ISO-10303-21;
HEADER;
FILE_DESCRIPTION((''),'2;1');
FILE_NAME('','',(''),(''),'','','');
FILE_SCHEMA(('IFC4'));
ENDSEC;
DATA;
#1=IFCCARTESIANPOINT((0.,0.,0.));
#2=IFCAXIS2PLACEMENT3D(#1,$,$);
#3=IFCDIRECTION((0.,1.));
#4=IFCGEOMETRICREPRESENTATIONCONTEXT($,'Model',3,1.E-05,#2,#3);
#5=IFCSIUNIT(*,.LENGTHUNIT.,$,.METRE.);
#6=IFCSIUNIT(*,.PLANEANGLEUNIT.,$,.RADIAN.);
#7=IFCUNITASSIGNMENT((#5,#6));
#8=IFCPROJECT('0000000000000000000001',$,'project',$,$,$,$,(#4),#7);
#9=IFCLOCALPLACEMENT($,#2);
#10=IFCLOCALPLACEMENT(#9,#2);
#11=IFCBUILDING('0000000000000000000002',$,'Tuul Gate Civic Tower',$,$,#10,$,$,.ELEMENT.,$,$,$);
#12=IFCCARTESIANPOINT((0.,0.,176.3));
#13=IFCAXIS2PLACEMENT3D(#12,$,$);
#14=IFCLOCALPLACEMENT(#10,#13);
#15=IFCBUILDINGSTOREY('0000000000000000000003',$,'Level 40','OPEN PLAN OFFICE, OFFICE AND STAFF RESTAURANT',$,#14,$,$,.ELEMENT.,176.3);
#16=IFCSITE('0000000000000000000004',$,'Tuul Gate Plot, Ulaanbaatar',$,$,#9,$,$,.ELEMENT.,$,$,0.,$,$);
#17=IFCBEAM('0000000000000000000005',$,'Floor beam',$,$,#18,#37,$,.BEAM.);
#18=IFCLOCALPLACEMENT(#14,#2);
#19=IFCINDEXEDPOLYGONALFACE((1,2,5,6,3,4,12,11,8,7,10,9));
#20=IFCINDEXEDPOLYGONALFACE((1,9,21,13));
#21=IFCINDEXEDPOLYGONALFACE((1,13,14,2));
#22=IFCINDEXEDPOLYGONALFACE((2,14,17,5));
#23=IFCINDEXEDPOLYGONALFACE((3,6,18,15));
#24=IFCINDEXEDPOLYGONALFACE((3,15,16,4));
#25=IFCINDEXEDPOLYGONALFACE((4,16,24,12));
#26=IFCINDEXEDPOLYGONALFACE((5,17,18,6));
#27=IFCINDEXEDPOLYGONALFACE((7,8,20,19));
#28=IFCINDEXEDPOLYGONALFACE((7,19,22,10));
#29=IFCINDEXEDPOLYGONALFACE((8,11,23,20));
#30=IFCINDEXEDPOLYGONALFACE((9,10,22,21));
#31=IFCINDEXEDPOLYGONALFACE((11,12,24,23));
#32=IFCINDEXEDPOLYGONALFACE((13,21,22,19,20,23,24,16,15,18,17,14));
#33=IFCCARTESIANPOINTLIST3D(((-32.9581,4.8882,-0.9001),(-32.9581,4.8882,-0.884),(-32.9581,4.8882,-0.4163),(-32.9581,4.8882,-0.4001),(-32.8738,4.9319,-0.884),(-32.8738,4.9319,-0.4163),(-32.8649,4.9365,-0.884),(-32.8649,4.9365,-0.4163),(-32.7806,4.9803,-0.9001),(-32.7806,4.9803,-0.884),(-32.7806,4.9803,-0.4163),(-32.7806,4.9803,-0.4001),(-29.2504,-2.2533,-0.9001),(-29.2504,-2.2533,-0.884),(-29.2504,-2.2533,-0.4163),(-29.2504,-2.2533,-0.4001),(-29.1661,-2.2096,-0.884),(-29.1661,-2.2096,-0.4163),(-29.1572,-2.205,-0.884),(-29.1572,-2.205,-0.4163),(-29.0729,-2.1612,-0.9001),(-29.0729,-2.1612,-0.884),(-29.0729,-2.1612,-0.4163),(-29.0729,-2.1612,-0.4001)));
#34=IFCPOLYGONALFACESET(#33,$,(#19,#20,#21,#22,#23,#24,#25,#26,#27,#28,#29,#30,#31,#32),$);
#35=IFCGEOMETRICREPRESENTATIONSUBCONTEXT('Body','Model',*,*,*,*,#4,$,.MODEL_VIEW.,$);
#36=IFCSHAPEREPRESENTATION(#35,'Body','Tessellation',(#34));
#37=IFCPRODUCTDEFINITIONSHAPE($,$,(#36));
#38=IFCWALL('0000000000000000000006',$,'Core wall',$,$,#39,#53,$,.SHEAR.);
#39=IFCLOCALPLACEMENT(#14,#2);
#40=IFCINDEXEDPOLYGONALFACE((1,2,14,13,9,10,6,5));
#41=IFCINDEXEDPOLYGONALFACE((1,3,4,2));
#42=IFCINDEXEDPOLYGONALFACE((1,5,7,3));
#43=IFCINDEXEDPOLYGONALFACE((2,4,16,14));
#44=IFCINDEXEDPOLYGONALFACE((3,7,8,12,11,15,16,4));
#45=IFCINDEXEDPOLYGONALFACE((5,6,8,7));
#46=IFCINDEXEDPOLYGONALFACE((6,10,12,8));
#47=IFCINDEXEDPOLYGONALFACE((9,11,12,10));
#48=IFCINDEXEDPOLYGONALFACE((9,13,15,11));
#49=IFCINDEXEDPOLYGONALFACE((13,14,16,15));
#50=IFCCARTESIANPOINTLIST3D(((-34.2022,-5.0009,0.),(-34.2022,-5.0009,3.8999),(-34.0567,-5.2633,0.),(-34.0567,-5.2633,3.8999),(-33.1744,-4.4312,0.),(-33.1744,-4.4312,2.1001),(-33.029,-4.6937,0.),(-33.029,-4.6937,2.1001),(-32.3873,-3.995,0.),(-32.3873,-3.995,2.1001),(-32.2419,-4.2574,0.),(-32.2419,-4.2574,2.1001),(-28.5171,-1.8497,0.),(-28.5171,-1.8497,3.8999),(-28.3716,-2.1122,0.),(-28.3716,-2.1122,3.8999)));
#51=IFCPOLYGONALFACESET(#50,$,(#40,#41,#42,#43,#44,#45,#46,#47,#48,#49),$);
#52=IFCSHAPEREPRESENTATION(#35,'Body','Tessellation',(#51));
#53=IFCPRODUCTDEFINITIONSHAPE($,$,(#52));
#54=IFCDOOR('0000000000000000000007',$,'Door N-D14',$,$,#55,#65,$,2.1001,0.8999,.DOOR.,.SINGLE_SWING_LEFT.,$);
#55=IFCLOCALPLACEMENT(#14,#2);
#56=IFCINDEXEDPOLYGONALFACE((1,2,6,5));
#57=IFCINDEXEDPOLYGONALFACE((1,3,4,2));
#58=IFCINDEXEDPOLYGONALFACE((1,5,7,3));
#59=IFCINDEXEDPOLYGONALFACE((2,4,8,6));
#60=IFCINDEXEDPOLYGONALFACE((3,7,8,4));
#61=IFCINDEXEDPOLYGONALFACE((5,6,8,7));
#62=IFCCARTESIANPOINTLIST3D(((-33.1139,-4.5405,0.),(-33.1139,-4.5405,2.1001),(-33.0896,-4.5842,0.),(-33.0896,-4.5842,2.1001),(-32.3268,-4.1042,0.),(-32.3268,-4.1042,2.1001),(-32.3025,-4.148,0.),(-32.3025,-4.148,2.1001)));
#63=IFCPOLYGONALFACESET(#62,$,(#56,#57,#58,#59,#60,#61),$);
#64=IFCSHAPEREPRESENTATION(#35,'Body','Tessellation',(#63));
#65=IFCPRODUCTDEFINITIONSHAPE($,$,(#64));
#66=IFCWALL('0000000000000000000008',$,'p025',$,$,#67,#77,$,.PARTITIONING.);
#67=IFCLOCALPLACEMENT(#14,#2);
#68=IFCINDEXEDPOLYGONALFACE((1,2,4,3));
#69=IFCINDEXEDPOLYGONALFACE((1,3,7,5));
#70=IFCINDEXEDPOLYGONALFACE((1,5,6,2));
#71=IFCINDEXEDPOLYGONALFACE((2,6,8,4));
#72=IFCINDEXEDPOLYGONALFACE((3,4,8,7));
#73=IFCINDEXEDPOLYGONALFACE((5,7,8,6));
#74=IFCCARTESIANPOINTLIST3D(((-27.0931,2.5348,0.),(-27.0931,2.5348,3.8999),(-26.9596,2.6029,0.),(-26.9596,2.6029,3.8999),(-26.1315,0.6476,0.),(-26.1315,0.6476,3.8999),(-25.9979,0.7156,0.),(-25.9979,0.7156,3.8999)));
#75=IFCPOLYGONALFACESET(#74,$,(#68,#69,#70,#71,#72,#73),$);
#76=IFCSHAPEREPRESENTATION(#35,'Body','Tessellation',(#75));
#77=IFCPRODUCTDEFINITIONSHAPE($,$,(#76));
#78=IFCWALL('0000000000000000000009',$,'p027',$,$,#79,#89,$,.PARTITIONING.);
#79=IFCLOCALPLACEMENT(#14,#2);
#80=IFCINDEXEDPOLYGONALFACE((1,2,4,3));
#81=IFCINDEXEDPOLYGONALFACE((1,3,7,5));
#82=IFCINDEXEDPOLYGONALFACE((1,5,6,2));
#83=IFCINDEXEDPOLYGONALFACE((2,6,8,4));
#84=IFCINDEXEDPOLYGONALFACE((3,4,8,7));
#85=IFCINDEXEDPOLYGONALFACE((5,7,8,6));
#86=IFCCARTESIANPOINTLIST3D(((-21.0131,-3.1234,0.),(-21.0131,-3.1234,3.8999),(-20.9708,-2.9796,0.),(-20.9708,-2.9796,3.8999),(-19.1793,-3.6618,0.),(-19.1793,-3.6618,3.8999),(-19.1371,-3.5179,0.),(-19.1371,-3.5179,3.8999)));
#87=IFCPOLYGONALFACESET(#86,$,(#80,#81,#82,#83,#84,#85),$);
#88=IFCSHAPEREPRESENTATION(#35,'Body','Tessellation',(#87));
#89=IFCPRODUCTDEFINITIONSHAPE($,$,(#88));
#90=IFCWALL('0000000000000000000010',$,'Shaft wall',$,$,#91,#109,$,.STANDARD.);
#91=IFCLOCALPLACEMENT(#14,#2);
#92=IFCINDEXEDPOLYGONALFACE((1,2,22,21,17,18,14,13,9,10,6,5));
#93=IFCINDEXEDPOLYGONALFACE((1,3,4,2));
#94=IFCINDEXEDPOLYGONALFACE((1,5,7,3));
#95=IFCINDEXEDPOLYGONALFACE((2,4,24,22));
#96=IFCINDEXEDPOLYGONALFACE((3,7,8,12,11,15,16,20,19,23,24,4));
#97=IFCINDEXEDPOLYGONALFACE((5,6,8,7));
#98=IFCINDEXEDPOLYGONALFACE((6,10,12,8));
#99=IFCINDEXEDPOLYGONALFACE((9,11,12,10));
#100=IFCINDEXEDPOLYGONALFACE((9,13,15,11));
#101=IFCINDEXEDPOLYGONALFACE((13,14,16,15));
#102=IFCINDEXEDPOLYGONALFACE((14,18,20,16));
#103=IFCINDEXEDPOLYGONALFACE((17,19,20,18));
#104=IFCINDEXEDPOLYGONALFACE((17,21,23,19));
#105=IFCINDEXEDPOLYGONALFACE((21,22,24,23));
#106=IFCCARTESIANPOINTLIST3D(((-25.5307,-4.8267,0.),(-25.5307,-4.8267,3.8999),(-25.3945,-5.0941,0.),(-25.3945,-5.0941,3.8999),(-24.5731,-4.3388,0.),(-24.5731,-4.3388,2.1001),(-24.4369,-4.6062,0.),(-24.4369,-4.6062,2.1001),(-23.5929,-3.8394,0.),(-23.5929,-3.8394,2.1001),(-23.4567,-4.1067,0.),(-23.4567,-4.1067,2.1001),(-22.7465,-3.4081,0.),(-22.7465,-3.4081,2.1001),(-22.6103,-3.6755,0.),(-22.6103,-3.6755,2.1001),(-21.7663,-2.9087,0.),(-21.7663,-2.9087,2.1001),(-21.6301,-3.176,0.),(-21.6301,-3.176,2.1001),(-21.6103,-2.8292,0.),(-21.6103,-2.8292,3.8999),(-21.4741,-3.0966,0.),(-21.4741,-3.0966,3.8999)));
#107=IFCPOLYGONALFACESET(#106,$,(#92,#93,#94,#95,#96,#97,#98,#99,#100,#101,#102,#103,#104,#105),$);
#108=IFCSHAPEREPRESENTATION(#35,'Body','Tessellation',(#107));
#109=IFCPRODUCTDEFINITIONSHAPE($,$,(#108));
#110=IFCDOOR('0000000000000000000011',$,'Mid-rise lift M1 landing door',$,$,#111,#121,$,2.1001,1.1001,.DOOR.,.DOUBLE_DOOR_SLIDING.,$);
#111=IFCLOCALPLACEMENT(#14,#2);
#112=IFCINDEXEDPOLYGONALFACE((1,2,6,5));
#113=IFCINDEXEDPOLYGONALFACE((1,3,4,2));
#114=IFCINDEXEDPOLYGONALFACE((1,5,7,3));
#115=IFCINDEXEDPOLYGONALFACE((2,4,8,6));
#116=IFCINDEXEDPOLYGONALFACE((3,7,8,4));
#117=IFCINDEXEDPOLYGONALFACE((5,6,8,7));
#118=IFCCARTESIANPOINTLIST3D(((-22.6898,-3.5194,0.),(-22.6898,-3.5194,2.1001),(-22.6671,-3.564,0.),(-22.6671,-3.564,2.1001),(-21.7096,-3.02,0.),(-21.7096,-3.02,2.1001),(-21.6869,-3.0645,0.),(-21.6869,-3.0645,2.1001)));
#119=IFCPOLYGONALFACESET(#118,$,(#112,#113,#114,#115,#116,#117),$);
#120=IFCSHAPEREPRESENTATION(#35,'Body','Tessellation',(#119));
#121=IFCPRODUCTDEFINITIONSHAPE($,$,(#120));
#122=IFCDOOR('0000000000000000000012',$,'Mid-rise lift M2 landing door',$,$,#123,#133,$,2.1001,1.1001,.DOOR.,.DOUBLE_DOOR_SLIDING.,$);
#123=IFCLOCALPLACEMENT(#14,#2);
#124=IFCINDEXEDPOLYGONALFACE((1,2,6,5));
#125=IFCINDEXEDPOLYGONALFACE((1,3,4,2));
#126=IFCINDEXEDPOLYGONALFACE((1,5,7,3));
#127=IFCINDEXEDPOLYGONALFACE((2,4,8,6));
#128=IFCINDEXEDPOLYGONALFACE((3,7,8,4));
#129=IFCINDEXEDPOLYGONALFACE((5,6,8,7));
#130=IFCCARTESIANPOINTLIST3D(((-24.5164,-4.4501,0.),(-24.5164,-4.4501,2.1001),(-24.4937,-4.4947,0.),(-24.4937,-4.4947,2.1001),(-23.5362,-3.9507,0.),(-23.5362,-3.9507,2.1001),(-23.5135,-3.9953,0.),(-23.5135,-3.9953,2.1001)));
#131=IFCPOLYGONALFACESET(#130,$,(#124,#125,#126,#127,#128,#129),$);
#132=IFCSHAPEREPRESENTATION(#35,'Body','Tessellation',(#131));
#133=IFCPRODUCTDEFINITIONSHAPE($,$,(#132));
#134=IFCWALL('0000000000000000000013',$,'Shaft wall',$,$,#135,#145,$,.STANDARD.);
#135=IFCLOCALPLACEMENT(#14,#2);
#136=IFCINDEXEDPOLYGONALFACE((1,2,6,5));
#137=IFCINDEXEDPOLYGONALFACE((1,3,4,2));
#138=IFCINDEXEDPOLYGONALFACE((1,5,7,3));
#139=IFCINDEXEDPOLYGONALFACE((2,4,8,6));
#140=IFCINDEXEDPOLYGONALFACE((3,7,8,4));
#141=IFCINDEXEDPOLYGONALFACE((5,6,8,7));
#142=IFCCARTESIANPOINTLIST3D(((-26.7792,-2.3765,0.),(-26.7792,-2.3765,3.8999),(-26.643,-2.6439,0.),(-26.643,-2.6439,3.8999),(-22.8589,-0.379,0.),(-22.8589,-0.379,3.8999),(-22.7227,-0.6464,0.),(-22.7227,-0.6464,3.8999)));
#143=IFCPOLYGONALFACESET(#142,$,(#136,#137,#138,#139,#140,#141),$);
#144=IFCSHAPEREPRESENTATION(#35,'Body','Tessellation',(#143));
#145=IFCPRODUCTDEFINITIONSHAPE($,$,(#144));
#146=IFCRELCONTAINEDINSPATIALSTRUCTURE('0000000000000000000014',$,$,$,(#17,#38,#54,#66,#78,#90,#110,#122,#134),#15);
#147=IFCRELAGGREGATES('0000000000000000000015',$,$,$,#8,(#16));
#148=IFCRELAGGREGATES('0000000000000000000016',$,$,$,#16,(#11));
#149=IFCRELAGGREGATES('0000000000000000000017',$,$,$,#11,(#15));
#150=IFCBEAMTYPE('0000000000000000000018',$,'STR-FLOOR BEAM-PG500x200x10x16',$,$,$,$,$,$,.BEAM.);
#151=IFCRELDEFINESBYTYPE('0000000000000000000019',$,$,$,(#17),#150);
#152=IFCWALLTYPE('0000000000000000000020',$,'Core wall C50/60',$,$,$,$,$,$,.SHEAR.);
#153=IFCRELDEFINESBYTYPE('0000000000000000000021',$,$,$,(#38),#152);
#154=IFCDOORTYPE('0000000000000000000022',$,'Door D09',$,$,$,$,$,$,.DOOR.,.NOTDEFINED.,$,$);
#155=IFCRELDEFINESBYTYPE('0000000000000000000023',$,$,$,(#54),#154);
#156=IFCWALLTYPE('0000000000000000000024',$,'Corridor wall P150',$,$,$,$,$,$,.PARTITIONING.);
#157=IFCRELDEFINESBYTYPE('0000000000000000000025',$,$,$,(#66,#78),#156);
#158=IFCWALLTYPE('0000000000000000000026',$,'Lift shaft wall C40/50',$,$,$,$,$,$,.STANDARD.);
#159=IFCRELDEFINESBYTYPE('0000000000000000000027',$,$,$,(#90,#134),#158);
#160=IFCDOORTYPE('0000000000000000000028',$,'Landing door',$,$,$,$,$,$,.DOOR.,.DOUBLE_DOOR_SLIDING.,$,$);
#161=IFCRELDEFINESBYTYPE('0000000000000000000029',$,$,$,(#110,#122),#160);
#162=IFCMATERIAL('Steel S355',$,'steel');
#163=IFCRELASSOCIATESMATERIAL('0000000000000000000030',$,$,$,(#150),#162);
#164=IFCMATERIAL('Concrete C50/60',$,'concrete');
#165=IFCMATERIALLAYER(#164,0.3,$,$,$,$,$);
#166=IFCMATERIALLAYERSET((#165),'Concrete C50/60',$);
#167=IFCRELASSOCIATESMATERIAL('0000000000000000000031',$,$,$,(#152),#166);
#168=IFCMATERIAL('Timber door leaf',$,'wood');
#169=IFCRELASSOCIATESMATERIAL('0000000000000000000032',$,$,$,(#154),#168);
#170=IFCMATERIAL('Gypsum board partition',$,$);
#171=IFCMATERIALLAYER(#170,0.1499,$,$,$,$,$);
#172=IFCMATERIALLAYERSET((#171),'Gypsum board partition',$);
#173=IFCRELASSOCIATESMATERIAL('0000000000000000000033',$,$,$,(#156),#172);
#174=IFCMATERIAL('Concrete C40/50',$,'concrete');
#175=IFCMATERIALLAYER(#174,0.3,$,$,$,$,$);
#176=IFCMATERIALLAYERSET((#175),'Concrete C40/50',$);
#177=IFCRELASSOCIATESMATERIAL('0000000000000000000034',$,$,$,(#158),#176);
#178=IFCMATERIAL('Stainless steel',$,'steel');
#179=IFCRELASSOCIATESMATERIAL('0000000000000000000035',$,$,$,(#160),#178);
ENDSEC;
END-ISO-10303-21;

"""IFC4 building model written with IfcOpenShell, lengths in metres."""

from ifc_helpers import new_model, si_unit, direction, frame, frame_2d, origin, origin_2d, place, context, subcontext, project, spatial, rectangle, i_section, extrude, material, layer, layer_set, material_profile, profile_set, type_object, element, fill, save


model = new_model("IFC4")

# Units and contexts
model_context = context("Model", 3, precision=1e-05, world=origin(), true_north=direction((0.0, 1.0)))
body_context = subcontext(model_context, "Body", "Model", "MODEL_VIEW")
ifc_project = project(units=[si_unit("LENGTHUNIT", "METRE"), si_unit("PLANEANGLEUNIT", "RADIAN")], contexts=[model_context])

# Site, building, storey
site_placement = place(None, origin())
site = spatial("IfcSite", under=ifc_project, at=site_placement, Name="Tuul Gate Plot, Ulaanbaatar", CompositionType="ELEMENT", RefElevation=0.0)
building_placement = place(site_placement, origin())
building = spatial("IfcBuilding", under=site, at=building_placement, Name="Tuul Gate Civic Tower", CompositionType="ELEMENT")
storey_placement = place(building_placement, frame((0.0, 0.0, 176.3)))
storey = spatial("IfcBuildingStorey", under=building, at=storey_placement, Name="Level 40", Description="OPEN PLAN OFFICE, OFFICE AND STAFF RESTAURANT", CompositionType="ELEMENT", Elevation=176.3)

# Beam
ifc_material_1 = material(Name="Steel S355", Category="steel")
ifc_material_profile = material_profile(ifc_material_1, i_section(OverallWidth=0.2, OverallDepth=0.5, WebThickness=0.01, FlangeThickness=0.0161, at=origin_2d()), Name="PG500x200x10x16")
ifc_profile_set = profile_set([ifc_material_profile], Name="Steel S355")
beam_type = type_object("IfcBeamType", Name="STR-FLOOR BEAM-PG500x200x10x16", PredefinedType="BEAM", material=ifc_profile_set)
beam_placement = place(storey_placement, frame((-29.1616, -2.2073, -0.6501), z_axis=(-0.460779, 0.887515, 0.0), x_axis=(-0.887515, -0.460779, 0.0)))
element("IfcBeam", 1, at=beam_placement, inside=storey, type_object=beam_type, Name="Floor beam", PredefinedType="BEAM", context=body_context, shape_type="SweptSolid", body=[
    extrude(i_section(OverallWidth=0.2, OverallDepth=0.5, WebThickness=0.01, FlangeThickness=0.0161, at=origin_2d()), origin(), (0.0, 0.0, 1.0), 8.0466),
])

# Wall, opening, door
ifc_material_2 = material(Name="Concrete C50/60", Category="concrete")
ifc_layer_1 = layer(ifc_material_2, 0.3)
ifc_layer_set_1 = layer_set([ifc_layer_1], Name="Concrete C50/60")
wall_type_1 = type_object("IfcWallType", Name="Core wall C50/60", PredefinedType="SHEAR", material=ifc_layer_set_1)
wall_1_placement = place(storey_placement, frame((-28.4443, -1.981, 0.0), z_axis=(0.0, 0.0, 1.0), x_axis=(-0.87463, -0.484791, 0.0)))
wall_1 = element("IfcWall", 2, at=wall_1_placement, inside=storey, type_object=wall_type_1, Name="Core wall", PredefinedType="SHEAR", context=body_context, shape_type="SweptSolid", body=[
    extrude(rectangle(XDim=6.5, YDim=0.3, at=frame_2d((3.25, 0.0))), origin(), (0.0, 0.0, 1.0), 3.8999),
])
opening_1_placement = place(wall_1_placement, frame((4.425, 0.0, 0.0)))
opening_1 = element("IfcOpeningElement", 3, at=opening_1_placement, cuts=wall_1, PredefinedType="OPENING", context=body_context, shape_type="SweptSolid", body=[
    extrude(rectangle(XDim=0.8999, YDim=2.1001, at=frame_2d((0.45, 1.05))), frame((0.0, 0.1602, 0.0), z_axis=(0.0, -1.0, 0.0), x_axis=(1.0, 0.0, 0.0)), (0.0, 0.0, 1.0), 0.3201),
])
ifc_material_3 = material(Name="Timber door leaf", Category="wood")
door_type_1 = type_object("IfcDoorType", Name="Door D09", OperationType="NOTDEFINED", PredefinedType="DOOR", material=ifc_material_3)
door_1_placement = place(opening_1_placement, origin())
door_1 = element("IfcDoor", 4, at=door_1_placement, inside=storey, type_object=door_type_1, Name="Door N-D14", OperationType="SINGLE_SWING_LEFT", OverallHeight=2.1001, OverallWidth=0.8999, PredefinedType="DOOR", context=body_context, shape_type="SweptSolid", body=[
    extrude(rectangle(XDim=0.8999, YDim=2.1001, at=frame_2d((0.45, 1.05))), frame((0.0, 0.0249, 0.0), z_axis=(0.0, -1.0, 0.0), x_axis=(1.0, 0.0, 0.0)), (0.0, 0.0, 1.0), 0.05),
])
fill(opening_1, door_1)

# Walls
ifc_material_4 = material(Name="Gypsum board partition")
ifc_layer_2 = layer(ifc_material_4, 0.1499)
ifc_layer_set_2 = layer_set([ifc_layer_2], Name="Gypsum board partition")
wall_type_2 = type_object("IfcWallType", Name="Corridor wall P150", PredefinedType="PARTITIONING", material=ifc_layer_set_2)
wall_2_placement = place(storey_placement, frame((-27.0264, 2.5688, 0.0), z_axis=(0.0, 0.0, 1.0), x_axis=(0.454024, -0.890989, 0.0)))
element("IfcWall", 5, at=wall_2_placement, inside=storey, type_object=wall_type_2, Name="p025", PredefinedType="PARTITIONING", context=body_context, shape_type="SweptSolid", body=[
    extrude(rectangle(XDim=2.1182, YDim=0.1499, at=frame_2d((1.0591, 0.0))), origin(), (0.0, 0.0, 1.0), 3.8999),
])
wall_3_placement = place(storey_placement, frame((-20.9919, -3.0515, 0.0), z_axis=(0.0, 0.0, 1.0), x_axis=(0.959508, -0.281682, 0.0)))
element("IfcWall", 6, at=wall_3_placement, inside=storey, type_object=wall_type_2, Name="p027", PredefinedType="PARTITIONING", context=body_context, shape_type="SweptSolid", body=[
    extrude(rectangle(XDim=1.9111, YDim=0.1499, at=frame_2d((0.9556, 0.0))), origin(), (0.0, 0.0, 1.0), 3.8999),
])

# Wall, openings, doors
ifc_material_5 = material(Name="Concrete C40/50", Category="concrete")
ifc_layer_3 = layer(ifc_material_5, 0.3)
ifc_layer_set_3 = layer_set([ifc_layer_3], Name="Concrete C40/50")
wall_type_3 = type_object("IfcWallType", Name="Lift shaft wall C40/50", PredefinedType="STANDARD", material=ifc_layer_set_3)
wall_4_placement = place(storey_placement, frame((-21.5422, -2.9629, 0.0), z_axis=(0.0, 0.0, 1.0), x_axis=(-0.891006, -0.453992, 0.0)))
wall_4 = element("IfcWall", 7, at=wall_4_placement, inside=storey, type_object=wall_type_3, Name="Shaft wall", PredefinedType="STANDARD", context=body_context, shape_type="SweptSolid", body=[
    extrude(rectangle(XDim=4.3999, YDim=0.3, at=frame_2d((2.2, 0.0))), origin(), (0.0, 0.0, 1.0), 3.8999),
])
opening_2_placement = place(wall_4_placement, frame((0.175, 0.0, 0.0)))
opening_2 = element("IfcOpeningElement", 8, at=opening_2_placement, cuts=wall_4, PredefinedType="OPENING", context=body_context, shape_type="SweptSolid", body=[
    extrude(rectangle(XDim=1.1001, YDim=2.1001, at=frame_2d((0.55, 1.05))), frame((0.0, 0.1602, 0.0), z_axis=(0.0, -1.0, 0.0), x_axis=(1.0, 0.0, 0.0)), (0.0, 0.0, 1.0), 0.3201),
])
opening_3_placement = place(wall_4_placement, frame((2.2251, 0.0, 0.0)))
opening_3 = element("IfcOpeningElement", 9, at=opening_3_placement, cuts=wall_4, PredefinedType="OPENING", context=body_context, shape_type="SweptSolid", body=[
    extrude(rectangle(XDim=1.1001, YDim=2.1001, at=frame_2d((0.55, 1.05))), frame((0.0, 0.1602, 0.0), z_axis=(0.0, -1.0, 0.0), x_axis=(1.0, 0.0, 0.0)), (0.0, 0.0, 1.0), 0.3201),
])
ifc_material_6 = material(Name="Stainless steel", Category="steel")
door_type_2 = type_object("IfcDoorType", Name="Landing door", OperationType="DOUBLE_DOOR_SLIDING", PredefinedType="DOOR", material=ifc_material_6)
door_2_placement = place(opening_2_placement, origin())
door_2 = element("IfcDoor", 10, at=door_2_placement, inside=storey, type_object=door_type_2, Name="Mid-rise lift M1 landing door", OperationType="DOUBLE_DOOR_SLIDING", OverallHeight=2.1001, OverallWidth=1.1001, PredefinedType="DOOR", context=body_context, shape_type="SweptSolid", body=[
    extrude(rectangle(XDim=1.1001, YDim=2.1001, at=frame_2d((0.55, 1.05))), frame((0.0, 0.0249, 0.0), z_axis=(0.0, -1.0, 0.0), x_axis=(1.0, 0.0, 0.0)), (0.0, 0.0, 1.0), 0.05),
])
fill(opening_2, door_2)
door_3_placement = place(opening_3_placement, origin())
door_3 = element("IfcDoor", 11, at=door_3_placement, inside=storey, type_object=door_type_2, Name="Mid-rise lift M2 landing door", OperationType="DOUBLE_DOOR_SLIDING", OverallHeight=2.1001, OverallWidth=1.1001, PredefinedType="DOOR", context=body_context, shape_type="SweptSolid", body=[
    extrude(rectangle(XDim=1.1001, YDim=2.1001, at=frame_2d((0.55, 1.05))), frame((0.0, 0.0249, 0.0), z_axis=(0.0, -1.0, 0.0), x_axis=(1.0, 0.0, 0.0)), (0.0, 0.0, 1.0), 0.05),
])
fill(opening_3, door_3)

# Wall
wall_5_placement = place(storey_placement, frame((-22.7908, -0.5127, 0.0), z_axis=(0.0, 0.0, 1.0), x_axis=(-0.891006, -0.453992, 0.0)))
element("IfcWall", 12, at=wall_5_placement, inside=storey, type_object=wall_type_3, Name="Shaft wall", PredefinedType="STANDARD", context=body_context, shape_type="SweptSolid", body=[
    extrude(rectangle(XDim=4.3999, YDim=0.3, at=frame_2d((2.2, 0.0))), origin(), (0.0, 0.0, 1.0), 3.8999),
])

save(model, "model.ifc")
